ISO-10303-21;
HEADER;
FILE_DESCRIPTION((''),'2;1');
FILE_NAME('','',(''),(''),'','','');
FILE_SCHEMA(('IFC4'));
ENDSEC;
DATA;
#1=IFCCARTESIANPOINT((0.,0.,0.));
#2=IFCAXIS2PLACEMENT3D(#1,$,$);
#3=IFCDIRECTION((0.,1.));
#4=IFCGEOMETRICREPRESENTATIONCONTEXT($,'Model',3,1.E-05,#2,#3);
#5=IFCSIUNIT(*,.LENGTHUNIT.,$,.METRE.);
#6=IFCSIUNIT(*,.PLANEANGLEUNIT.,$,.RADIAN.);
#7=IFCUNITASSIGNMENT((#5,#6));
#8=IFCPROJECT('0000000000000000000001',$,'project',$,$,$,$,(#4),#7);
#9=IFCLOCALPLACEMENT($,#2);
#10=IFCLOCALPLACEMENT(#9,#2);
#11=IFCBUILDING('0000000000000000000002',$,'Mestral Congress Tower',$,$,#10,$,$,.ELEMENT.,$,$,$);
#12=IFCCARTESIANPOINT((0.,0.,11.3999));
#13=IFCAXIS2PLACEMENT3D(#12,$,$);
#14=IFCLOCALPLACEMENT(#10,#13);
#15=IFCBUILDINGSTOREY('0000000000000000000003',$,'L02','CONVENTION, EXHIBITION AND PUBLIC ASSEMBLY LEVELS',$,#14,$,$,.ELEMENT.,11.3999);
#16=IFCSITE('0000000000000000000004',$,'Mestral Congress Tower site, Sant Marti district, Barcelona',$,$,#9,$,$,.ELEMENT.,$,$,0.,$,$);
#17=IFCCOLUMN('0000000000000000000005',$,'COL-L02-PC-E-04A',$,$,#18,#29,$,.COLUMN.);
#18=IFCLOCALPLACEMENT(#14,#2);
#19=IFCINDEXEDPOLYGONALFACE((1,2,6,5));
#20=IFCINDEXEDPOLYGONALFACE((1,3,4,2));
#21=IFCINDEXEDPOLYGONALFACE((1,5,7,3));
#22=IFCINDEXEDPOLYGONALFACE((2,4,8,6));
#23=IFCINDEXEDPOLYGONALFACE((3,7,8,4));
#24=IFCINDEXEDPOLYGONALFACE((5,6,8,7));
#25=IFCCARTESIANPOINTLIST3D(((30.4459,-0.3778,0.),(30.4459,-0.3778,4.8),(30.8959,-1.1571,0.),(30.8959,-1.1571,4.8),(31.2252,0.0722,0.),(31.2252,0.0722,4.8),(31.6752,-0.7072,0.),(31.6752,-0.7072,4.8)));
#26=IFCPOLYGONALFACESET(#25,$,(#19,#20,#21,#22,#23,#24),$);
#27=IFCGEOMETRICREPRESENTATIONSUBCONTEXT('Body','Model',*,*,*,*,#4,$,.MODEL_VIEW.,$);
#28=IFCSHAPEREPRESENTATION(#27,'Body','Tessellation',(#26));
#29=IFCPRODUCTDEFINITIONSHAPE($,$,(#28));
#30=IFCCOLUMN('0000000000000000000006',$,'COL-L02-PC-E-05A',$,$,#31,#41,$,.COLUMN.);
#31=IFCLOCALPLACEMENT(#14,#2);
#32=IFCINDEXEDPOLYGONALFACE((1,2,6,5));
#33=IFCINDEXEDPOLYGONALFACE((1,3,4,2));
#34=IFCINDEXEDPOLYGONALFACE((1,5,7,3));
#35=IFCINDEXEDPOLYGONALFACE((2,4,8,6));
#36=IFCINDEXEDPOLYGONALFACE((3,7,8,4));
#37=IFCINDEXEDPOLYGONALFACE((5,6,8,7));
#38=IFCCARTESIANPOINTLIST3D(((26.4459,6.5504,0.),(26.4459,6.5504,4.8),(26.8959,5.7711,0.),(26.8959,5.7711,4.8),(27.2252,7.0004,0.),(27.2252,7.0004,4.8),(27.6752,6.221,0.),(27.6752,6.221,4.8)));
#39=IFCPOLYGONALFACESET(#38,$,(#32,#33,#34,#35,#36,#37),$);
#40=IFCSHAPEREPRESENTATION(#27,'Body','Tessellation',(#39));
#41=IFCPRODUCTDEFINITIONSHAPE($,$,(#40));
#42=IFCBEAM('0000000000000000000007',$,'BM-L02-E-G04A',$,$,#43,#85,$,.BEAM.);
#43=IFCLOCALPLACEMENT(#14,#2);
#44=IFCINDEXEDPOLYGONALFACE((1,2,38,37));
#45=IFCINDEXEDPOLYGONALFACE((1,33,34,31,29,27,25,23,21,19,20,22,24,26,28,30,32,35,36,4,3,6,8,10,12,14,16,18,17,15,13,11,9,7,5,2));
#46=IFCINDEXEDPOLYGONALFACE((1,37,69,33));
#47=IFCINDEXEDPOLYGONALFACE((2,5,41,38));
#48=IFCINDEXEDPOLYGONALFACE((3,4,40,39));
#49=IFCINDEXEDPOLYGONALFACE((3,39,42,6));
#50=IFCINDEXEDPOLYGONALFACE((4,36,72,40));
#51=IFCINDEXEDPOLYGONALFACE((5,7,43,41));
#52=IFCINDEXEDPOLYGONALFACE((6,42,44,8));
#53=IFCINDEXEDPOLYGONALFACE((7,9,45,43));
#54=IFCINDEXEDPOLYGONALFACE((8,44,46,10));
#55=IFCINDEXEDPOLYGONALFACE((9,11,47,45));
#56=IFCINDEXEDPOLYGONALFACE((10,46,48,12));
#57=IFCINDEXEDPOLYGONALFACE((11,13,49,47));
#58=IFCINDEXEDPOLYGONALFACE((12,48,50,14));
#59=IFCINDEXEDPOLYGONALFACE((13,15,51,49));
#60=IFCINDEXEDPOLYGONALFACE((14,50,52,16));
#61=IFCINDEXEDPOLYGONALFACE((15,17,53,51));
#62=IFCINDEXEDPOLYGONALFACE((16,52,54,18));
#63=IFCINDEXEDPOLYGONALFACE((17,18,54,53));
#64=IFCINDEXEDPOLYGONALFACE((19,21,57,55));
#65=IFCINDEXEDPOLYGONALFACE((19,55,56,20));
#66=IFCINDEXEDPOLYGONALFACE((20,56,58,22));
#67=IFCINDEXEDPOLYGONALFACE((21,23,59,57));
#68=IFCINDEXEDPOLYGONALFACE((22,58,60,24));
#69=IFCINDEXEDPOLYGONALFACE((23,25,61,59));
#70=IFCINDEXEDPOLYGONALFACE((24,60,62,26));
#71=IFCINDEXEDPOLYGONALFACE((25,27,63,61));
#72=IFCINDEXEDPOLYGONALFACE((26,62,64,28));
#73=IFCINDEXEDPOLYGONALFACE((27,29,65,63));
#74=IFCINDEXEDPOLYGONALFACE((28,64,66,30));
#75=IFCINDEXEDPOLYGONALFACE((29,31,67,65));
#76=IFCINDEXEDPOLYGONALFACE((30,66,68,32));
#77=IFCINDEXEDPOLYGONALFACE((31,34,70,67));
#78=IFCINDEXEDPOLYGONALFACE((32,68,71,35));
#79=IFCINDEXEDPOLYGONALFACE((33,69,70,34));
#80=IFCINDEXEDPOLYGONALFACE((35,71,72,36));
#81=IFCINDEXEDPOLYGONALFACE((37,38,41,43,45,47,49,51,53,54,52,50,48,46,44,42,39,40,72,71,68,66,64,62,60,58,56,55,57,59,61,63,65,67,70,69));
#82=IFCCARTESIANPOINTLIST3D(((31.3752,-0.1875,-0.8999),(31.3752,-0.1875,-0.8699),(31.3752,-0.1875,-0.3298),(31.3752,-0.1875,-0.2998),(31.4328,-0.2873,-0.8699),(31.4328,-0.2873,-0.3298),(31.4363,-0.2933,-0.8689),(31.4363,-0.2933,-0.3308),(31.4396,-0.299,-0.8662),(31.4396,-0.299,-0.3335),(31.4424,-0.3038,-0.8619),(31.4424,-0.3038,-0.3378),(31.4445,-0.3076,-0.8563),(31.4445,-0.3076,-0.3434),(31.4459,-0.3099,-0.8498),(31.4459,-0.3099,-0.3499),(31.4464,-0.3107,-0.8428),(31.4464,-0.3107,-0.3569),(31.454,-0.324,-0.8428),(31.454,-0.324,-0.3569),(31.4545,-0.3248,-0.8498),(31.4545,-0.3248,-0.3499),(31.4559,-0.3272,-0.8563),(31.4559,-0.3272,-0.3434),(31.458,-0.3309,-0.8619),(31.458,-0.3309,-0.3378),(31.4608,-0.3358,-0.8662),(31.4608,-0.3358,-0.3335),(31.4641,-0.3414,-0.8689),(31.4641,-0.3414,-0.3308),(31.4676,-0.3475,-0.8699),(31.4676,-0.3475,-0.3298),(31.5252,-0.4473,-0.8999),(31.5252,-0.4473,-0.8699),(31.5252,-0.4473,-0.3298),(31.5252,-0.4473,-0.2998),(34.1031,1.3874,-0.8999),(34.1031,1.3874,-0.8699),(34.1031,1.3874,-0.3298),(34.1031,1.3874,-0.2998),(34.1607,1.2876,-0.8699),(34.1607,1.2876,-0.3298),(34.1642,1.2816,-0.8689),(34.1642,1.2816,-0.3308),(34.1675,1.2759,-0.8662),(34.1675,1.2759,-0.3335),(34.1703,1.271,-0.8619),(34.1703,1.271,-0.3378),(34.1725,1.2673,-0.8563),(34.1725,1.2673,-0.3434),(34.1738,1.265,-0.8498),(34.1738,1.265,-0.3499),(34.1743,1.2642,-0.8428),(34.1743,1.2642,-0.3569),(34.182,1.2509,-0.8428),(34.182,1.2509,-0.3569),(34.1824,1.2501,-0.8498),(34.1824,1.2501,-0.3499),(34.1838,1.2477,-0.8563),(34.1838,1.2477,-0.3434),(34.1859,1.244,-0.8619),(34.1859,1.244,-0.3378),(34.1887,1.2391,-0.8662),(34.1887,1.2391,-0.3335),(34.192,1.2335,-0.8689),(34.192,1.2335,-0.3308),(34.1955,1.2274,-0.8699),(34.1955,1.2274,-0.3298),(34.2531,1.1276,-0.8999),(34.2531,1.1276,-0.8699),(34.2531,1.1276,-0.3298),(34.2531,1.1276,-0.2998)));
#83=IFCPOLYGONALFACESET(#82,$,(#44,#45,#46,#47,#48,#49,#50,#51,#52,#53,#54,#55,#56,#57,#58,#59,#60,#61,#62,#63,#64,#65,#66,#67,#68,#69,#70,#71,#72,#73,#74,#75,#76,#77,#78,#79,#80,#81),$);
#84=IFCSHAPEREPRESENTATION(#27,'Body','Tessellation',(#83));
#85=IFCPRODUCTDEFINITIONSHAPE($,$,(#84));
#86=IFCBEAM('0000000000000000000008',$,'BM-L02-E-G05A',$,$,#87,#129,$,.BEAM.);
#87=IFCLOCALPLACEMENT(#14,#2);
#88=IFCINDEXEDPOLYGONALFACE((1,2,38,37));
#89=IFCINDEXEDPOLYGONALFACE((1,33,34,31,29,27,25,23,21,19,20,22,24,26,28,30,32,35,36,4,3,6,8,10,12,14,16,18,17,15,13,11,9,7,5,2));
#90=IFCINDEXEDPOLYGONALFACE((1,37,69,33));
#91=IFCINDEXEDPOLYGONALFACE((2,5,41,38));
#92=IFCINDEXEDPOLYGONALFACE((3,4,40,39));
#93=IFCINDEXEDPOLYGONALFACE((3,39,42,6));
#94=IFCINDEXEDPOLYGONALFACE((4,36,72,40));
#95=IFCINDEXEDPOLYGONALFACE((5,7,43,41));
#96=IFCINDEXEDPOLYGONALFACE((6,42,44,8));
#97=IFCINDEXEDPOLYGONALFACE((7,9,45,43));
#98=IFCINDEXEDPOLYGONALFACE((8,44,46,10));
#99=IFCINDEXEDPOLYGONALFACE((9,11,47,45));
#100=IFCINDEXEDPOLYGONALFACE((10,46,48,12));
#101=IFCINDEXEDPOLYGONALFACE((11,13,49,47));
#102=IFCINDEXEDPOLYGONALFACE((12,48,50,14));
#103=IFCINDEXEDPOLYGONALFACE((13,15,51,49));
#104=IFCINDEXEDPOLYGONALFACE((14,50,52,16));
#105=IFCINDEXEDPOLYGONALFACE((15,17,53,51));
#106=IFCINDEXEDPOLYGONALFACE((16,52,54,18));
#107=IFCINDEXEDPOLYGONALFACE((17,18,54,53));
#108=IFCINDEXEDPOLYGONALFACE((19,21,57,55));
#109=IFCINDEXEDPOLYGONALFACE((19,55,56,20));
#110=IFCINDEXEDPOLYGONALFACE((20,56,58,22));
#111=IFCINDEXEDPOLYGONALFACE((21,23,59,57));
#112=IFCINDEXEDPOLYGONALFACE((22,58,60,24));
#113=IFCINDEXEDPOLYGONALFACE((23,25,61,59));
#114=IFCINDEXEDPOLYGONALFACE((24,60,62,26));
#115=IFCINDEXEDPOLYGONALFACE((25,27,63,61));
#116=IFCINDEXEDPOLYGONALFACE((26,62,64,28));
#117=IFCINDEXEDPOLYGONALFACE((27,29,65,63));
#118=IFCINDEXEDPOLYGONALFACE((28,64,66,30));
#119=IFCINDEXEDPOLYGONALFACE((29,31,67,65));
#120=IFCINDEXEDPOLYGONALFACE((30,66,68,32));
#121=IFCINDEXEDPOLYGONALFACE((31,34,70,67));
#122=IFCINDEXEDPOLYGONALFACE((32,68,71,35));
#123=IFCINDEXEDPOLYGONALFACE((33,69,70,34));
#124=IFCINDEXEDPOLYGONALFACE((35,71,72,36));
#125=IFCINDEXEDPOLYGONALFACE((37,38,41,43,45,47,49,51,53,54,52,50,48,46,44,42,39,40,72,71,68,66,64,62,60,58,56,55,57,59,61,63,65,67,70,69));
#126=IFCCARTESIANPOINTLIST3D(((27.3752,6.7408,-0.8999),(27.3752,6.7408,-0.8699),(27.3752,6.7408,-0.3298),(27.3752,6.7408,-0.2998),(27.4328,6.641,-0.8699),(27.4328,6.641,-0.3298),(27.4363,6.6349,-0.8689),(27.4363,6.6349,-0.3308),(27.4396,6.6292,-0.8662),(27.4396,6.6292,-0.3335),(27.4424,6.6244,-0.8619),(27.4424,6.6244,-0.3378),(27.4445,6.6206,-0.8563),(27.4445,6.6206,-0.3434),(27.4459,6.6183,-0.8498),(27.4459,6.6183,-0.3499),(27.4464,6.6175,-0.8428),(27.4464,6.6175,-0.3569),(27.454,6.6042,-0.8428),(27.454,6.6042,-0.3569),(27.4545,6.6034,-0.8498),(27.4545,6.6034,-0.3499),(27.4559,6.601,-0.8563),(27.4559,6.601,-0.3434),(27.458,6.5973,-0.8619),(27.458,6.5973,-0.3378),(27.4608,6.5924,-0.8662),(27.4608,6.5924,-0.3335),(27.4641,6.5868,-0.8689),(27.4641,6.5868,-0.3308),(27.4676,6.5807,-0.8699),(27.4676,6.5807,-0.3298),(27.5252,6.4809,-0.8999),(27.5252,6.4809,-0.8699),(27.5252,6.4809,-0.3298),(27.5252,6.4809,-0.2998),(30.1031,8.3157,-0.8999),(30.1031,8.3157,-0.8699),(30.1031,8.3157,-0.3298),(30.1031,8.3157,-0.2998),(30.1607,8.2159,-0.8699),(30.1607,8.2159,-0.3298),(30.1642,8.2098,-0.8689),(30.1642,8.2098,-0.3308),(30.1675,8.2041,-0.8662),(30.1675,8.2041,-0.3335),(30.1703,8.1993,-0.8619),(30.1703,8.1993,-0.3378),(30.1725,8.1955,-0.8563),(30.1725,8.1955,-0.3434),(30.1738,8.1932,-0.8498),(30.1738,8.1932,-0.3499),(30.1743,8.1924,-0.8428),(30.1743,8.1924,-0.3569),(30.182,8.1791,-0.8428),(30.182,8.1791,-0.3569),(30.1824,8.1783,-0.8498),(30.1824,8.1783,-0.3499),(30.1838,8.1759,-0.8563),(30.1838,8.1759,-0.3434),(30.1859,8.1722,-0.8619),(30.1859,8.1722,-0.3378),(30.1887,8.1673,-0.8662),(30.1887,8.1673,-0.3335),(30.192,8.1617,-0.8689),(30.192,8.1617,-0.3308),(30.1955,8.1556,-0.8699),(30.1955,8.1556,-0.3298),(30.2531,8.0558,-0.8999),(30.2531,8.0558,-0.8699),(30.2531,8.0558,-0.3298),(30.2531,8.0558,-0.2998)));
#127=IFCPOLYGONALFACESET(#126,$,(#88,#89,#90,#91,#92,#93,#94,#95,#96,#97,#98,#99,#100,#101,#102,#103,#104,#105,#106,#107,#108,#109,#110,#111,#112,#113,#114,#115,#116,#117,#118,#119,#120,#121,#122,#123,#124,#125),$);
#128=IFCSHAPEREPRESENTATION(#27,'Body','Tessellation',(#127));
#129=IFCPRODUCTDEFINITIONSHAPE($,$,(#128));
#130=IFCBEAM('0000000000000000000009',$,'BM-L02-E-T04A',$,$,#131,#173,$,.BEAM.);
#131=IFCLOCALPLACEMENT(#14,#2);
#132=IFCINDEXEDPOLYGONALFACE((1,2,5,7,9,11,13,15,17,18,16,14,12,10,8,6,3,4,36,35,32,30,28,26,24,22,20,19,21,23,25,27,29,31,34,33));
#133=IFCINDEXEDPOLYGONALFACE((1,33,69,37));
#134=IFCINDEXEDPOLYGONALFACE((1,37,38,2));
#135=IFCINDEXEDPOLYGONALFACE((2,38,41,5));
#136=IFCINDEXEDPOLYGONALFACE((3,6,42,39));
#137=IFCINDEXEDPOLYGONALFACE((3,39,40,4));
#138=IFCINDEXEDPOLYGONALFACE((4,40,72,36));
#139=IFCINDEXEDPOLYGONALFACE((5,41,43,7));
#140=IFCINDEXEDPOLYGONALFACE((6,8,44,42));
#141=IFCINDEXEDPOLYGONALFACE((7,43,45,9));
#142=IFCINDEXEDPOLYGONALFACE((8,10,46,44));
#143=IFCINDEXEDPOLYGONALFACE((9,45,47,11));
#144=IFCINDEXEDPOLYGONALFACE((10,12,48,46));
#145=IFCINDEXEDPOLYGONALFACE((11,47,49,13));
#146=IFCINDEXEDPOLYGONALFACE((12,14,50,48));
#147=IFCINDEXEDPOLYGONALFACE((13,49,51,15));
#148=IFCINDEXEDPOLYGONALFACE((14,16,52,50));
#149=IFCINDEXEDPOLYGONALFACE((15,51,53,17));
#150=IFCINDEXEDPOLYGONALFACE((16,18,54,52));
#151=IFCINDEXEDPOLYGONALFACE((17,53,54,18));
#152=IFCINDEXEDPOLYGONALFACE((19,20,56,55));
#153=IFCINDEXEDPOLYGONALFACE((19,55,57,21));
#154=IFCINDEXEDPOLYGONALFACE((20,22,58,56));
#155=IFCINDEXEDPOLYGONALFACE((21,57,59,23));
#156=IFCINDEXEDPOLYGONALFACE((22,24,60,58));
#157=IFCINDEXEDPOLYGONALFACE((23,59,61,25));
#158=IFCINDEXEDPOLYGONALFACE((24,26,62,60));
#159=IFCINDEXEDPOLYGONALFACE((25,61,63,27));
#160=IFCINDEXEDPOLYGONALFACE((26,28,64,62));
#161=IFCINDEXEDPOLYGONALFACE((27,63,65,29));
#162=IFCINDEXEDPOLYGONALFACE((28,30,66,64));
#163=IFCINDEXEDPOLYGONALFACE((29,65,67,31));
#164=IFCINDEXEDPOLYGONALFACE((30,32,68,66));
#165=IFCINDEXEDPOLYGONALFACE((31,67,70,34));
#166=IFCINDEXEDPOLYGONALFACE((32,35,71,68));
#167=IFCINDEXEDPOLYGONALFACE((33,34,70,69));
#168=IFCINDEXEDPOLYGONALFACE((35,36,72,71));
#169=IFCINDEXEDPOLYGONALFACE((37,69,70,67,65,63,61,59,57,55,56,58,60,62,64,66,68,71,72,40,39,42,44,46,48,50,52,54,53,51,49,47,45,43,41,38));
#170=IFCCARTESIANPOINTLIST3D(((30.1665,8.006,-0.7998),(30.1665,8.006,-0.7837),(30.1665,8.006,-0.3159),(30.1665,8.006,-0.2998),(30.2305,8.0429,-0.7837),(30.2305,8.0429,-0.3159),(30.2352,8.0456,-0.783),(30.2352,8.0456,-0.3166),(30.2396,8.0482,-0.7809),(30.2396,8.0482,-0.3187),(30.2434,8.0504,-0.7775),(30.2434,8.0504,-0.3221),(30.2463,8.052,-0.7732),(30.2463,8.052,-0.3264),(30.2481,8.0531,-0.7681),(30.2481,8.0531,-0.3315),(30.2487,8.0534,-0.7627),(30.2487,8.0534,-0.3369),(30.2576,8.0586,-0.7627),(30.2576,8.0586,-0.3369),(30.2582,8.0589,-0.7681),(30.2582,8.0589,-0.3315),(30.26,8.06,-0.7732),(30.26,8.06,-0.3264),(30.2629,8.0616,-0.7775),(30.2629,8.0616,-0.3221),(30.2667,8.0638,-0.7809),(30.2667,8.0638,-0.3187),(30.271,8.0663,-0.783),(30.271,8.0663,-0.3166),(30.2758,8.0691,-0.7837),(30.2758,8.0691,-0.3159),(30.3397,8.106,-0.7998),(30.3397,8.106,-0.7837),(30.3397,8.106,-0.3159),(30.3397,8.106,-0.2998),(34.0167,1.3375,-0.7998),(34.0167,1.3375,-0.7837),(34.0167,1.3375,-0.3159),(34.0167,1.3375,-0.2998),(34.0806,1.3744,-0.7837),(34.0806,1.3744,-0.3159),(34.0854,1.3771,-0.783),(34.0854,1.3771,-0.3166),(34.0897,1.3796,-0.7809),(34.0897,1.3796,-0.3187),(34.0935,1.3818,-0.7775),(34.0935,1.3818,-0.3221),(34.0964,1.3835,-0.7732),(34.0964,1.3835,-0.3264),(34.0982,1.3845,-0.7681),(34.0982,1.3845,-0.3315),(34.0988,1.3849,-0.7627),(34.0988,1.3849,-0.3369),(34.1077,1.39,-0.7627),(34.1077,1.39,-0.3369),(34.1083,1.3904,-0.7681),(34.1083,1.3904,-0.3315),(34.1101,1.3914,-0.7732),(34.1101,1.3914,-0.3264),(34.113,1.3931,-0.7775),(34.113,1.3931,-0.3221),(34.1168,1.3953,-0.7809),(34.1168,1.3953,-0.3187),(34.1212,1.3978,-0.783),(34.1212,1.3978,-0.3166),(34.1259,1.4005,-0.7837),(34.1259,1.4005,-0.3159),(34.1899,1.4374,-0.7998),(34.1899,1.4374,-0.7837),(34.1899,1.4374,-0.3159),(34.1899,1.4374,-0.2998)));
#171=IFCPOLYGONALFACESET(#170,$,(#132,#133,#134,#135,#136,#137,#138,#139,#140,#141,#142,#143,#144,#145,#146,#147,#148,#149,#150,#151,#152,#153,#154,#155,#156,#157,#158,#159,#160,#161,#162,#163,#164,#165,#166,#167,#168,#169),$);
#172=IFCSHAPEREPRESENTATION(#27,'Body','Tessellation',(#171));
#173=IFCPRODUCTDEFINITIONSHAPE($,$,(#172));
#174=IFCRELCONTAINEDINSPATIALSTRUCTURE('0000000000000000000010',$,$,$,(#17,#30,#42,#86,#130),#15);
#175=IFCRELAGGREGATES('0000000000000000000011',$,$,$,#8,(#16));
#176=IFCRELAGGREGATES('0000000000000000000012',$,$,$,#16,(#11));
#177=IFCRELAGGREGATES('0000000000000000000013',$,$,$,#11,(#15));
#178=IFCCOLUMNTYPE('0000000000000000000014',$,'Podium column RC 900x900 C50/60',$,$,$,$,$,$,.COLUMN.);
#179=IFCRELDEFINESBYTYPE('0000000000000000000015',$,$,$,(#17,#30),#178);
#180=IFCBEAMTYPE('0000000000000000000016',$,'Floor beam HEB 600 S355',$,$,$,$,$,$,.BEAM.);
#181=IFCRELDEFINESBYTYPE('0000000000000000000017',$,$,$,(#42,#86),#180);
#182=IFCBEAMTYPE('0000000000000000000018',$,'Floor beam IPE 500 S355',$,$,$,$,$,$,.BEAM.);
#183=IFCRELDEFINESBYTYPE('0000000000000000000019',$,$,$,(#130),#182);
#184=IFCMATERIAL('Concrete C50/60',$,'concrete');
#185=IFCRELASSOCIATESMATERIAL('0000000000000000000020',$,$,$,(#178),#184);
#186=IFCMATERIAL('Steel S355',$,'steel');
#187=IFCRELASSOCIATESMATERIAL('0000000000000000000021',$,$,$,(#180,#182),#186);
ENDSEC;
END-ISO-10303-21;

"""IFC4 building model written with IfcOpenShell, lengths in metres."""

from ifc_helpers import new_model, si_unit, direction, frame, origin, origin_2d, place, context, subcontext, project, spatial, rectangle, i_section, extrude, material, material_profile, profile_set, type_object, element, save


model = new_model("IFC4")

# Units and contexts
model_context = context("Model", 3, precision=1e-05, world=origin(), true_north=direction((0.0, 1.0)))
body_context = subcontext(model_context, "Body", "Model", "MODEL_VIEW")
ifc_project = project(units=[si_unit("LENGTHUNIT", "METRE"), si_unit("PLANEANGLEUNIT", "RADIAN")], contexts=[model_context])

# Site, building, storey
site_placement = place(None, origin())
site = spatial("IfcSite", under=ifc_project, at=site_placement, Name="Mestral Congress Tower site, Sant Marti district, Barcelona", CompositionType="ELEMENT", RefElevation=0.0)
building_placement = place(site_placement, origin())
building = spatial("IfcBuilding", under=site, at=building_placement, Name="Mestral Congress Tower", CompositionType="ELEMENT")
storey_placement = place(building_placement, frame((0.0, 0.0, 11.3999)))
storey = spatial("IfcBuildingStorey", under=building, at=storey_placement, Name="L02", Description="CONVENTION, EXHIBITION AND PUBLIC ASSEMBLY LEVELS", CompositionType="ELEMENT", Elevation=11.3999)

# Columns
ifc_material_1 = material(Name="Concrete C50/60", Category="concrete")
ifc_material_profile_1 = material_profile(ifc_material_1, rectangle(XDim=0.8999, YDim=0.8999, at=origin_2d()), Name="RC 900x900")
ifc_profile_set_1 = profile_set([ifc_material_profile_1], Name="Concrete C50/60")
column_type = type_object("IfcColumnType", Name="Podium column RC 900x900 C50/60", PredefinedType="COLUMN", material=ifc_profile_set_1)
for number, where, z_axis, x_axis, name in (
    (1, (31.0605, -0.5425, 0.0), (0.0, 0.0, 1.0), (-0.5, 0.866025, 0.0), "COL-L02-PC-E-04A"),
    (2, (27.0605, 6.3857, 0.0), (0.0, 0.0, 1.0), (-0.5, 0.866025, 0.0), "COL-L02-PC-E-05A"),
):
    element("IfcColumn", number, at=place(storey_placement, frame(where, z_axis=z_axis, x_axis=x_axis)), inside=storey, type_object=column_type, Name=name, PredefinedType="COLUMN", context=body_context, shape_type="SweptSolid", body=[
        extrude(rectangle(XDim=0.8999, YDim=0.8999, at=origin_2d()), origin(), (0.0, 0.0, 1.0), 4.8),
    ])

# Beams
ifc_material_2 = material(Name="Steel S355", Category="steel")
ifc_material_profile_2 = material_profile(ifc_material_2, i_section(OverallWidth=0.3, OverallDepth=0.6001, WebThickness=0.0154, FlangeThickness=0.03, FilletRadius=0.0271, at=origin_2d()), Name="HEB 600")
ifc_profile_set_2 = profile_set([ifc_material_profile_2], Name="Steel S355")
beam_type_1 = type_object("IfcBeamType", Name="Floor beam HEB 600 S355", PredefinedType="BEAM", material=ifc_profile_set_2)
for number, where, z_axis, x_axis, name in (
    (3, (31.4502, -0.3174, -0.5999), (0.866036, 0.499982, 0.0), (-0.499982, 0.866036, 0.0), "BM-L02-E-G04A"),
    (4, (27.4502, 6.6108, -0.5999), (0.866036, 0.499982, 0.0), (-0.499982, 0.866036, 0.0), "BM-L02-E-G05A"),
):
    element("IfcBeam", number, at=place(storey_placement, frame(where, z_axis=z_axis, x_axis=x_axis)), inside=storey, type_object=beam_type_1, Name=name, PredefinedType="BEAM", context=body_context, shape_type="SweptSolid", body=[
        extrude(i_section(OverallWidth=0.3, OverallDepth=0.6001, WebThickness=0.0154, FlangeThickness=0.03, FilletRadius=0.0271, at=origin_2d()), origin(), (0.0, 0.0, 1.0), 3.1499),
    ])
ifc_material_profile_3 = material_profile(ifc_material_2, i_section(OverallWidth=0.2, OverallDepth=0.5, WebThickness=0.0103, FlangeThickness=0.0161, FilletRadius=0.021, at=origin_2d()), Name="IPE 500")
ifc_profile_set_3 = profile_set([ifc_material_profile_3], Name="Steel S355")
beam_type_2 = type_object("IfcBeamType", Name="Floor beam IPE 500 S355", PredefinedType="BEAM", material=ifc_profile_set_3)
for number, where, z_axis, x_axis, name in (
    (5, (34.1033, 1.3875, -0.5498), (-0.500006, 0.866022, 0.0), (-0.866022, -0.500006, 0.0), "BM-L02-E-T04A"),
):
    element("IfcBeam", number, at=place(storey_placement, frame(where, z_axis=z_axis, x_axis=x_axis)), inside=storey, type_object=beam_type_2, Name=name, PredefinedType="BEAM", context=body_context, shape_type="SweptSolid", body=[
        extrude(i_section(OverallWidth=0.2, OverallDepth=0.5, WebThickness=0.0103, FlangeThickness=0.0161, FilletRadius=0.021, at=origin_2d()), origin(), (0.0, 0.0, 1.0), 7.7002),
    ])

save(model, "model.ifc")
